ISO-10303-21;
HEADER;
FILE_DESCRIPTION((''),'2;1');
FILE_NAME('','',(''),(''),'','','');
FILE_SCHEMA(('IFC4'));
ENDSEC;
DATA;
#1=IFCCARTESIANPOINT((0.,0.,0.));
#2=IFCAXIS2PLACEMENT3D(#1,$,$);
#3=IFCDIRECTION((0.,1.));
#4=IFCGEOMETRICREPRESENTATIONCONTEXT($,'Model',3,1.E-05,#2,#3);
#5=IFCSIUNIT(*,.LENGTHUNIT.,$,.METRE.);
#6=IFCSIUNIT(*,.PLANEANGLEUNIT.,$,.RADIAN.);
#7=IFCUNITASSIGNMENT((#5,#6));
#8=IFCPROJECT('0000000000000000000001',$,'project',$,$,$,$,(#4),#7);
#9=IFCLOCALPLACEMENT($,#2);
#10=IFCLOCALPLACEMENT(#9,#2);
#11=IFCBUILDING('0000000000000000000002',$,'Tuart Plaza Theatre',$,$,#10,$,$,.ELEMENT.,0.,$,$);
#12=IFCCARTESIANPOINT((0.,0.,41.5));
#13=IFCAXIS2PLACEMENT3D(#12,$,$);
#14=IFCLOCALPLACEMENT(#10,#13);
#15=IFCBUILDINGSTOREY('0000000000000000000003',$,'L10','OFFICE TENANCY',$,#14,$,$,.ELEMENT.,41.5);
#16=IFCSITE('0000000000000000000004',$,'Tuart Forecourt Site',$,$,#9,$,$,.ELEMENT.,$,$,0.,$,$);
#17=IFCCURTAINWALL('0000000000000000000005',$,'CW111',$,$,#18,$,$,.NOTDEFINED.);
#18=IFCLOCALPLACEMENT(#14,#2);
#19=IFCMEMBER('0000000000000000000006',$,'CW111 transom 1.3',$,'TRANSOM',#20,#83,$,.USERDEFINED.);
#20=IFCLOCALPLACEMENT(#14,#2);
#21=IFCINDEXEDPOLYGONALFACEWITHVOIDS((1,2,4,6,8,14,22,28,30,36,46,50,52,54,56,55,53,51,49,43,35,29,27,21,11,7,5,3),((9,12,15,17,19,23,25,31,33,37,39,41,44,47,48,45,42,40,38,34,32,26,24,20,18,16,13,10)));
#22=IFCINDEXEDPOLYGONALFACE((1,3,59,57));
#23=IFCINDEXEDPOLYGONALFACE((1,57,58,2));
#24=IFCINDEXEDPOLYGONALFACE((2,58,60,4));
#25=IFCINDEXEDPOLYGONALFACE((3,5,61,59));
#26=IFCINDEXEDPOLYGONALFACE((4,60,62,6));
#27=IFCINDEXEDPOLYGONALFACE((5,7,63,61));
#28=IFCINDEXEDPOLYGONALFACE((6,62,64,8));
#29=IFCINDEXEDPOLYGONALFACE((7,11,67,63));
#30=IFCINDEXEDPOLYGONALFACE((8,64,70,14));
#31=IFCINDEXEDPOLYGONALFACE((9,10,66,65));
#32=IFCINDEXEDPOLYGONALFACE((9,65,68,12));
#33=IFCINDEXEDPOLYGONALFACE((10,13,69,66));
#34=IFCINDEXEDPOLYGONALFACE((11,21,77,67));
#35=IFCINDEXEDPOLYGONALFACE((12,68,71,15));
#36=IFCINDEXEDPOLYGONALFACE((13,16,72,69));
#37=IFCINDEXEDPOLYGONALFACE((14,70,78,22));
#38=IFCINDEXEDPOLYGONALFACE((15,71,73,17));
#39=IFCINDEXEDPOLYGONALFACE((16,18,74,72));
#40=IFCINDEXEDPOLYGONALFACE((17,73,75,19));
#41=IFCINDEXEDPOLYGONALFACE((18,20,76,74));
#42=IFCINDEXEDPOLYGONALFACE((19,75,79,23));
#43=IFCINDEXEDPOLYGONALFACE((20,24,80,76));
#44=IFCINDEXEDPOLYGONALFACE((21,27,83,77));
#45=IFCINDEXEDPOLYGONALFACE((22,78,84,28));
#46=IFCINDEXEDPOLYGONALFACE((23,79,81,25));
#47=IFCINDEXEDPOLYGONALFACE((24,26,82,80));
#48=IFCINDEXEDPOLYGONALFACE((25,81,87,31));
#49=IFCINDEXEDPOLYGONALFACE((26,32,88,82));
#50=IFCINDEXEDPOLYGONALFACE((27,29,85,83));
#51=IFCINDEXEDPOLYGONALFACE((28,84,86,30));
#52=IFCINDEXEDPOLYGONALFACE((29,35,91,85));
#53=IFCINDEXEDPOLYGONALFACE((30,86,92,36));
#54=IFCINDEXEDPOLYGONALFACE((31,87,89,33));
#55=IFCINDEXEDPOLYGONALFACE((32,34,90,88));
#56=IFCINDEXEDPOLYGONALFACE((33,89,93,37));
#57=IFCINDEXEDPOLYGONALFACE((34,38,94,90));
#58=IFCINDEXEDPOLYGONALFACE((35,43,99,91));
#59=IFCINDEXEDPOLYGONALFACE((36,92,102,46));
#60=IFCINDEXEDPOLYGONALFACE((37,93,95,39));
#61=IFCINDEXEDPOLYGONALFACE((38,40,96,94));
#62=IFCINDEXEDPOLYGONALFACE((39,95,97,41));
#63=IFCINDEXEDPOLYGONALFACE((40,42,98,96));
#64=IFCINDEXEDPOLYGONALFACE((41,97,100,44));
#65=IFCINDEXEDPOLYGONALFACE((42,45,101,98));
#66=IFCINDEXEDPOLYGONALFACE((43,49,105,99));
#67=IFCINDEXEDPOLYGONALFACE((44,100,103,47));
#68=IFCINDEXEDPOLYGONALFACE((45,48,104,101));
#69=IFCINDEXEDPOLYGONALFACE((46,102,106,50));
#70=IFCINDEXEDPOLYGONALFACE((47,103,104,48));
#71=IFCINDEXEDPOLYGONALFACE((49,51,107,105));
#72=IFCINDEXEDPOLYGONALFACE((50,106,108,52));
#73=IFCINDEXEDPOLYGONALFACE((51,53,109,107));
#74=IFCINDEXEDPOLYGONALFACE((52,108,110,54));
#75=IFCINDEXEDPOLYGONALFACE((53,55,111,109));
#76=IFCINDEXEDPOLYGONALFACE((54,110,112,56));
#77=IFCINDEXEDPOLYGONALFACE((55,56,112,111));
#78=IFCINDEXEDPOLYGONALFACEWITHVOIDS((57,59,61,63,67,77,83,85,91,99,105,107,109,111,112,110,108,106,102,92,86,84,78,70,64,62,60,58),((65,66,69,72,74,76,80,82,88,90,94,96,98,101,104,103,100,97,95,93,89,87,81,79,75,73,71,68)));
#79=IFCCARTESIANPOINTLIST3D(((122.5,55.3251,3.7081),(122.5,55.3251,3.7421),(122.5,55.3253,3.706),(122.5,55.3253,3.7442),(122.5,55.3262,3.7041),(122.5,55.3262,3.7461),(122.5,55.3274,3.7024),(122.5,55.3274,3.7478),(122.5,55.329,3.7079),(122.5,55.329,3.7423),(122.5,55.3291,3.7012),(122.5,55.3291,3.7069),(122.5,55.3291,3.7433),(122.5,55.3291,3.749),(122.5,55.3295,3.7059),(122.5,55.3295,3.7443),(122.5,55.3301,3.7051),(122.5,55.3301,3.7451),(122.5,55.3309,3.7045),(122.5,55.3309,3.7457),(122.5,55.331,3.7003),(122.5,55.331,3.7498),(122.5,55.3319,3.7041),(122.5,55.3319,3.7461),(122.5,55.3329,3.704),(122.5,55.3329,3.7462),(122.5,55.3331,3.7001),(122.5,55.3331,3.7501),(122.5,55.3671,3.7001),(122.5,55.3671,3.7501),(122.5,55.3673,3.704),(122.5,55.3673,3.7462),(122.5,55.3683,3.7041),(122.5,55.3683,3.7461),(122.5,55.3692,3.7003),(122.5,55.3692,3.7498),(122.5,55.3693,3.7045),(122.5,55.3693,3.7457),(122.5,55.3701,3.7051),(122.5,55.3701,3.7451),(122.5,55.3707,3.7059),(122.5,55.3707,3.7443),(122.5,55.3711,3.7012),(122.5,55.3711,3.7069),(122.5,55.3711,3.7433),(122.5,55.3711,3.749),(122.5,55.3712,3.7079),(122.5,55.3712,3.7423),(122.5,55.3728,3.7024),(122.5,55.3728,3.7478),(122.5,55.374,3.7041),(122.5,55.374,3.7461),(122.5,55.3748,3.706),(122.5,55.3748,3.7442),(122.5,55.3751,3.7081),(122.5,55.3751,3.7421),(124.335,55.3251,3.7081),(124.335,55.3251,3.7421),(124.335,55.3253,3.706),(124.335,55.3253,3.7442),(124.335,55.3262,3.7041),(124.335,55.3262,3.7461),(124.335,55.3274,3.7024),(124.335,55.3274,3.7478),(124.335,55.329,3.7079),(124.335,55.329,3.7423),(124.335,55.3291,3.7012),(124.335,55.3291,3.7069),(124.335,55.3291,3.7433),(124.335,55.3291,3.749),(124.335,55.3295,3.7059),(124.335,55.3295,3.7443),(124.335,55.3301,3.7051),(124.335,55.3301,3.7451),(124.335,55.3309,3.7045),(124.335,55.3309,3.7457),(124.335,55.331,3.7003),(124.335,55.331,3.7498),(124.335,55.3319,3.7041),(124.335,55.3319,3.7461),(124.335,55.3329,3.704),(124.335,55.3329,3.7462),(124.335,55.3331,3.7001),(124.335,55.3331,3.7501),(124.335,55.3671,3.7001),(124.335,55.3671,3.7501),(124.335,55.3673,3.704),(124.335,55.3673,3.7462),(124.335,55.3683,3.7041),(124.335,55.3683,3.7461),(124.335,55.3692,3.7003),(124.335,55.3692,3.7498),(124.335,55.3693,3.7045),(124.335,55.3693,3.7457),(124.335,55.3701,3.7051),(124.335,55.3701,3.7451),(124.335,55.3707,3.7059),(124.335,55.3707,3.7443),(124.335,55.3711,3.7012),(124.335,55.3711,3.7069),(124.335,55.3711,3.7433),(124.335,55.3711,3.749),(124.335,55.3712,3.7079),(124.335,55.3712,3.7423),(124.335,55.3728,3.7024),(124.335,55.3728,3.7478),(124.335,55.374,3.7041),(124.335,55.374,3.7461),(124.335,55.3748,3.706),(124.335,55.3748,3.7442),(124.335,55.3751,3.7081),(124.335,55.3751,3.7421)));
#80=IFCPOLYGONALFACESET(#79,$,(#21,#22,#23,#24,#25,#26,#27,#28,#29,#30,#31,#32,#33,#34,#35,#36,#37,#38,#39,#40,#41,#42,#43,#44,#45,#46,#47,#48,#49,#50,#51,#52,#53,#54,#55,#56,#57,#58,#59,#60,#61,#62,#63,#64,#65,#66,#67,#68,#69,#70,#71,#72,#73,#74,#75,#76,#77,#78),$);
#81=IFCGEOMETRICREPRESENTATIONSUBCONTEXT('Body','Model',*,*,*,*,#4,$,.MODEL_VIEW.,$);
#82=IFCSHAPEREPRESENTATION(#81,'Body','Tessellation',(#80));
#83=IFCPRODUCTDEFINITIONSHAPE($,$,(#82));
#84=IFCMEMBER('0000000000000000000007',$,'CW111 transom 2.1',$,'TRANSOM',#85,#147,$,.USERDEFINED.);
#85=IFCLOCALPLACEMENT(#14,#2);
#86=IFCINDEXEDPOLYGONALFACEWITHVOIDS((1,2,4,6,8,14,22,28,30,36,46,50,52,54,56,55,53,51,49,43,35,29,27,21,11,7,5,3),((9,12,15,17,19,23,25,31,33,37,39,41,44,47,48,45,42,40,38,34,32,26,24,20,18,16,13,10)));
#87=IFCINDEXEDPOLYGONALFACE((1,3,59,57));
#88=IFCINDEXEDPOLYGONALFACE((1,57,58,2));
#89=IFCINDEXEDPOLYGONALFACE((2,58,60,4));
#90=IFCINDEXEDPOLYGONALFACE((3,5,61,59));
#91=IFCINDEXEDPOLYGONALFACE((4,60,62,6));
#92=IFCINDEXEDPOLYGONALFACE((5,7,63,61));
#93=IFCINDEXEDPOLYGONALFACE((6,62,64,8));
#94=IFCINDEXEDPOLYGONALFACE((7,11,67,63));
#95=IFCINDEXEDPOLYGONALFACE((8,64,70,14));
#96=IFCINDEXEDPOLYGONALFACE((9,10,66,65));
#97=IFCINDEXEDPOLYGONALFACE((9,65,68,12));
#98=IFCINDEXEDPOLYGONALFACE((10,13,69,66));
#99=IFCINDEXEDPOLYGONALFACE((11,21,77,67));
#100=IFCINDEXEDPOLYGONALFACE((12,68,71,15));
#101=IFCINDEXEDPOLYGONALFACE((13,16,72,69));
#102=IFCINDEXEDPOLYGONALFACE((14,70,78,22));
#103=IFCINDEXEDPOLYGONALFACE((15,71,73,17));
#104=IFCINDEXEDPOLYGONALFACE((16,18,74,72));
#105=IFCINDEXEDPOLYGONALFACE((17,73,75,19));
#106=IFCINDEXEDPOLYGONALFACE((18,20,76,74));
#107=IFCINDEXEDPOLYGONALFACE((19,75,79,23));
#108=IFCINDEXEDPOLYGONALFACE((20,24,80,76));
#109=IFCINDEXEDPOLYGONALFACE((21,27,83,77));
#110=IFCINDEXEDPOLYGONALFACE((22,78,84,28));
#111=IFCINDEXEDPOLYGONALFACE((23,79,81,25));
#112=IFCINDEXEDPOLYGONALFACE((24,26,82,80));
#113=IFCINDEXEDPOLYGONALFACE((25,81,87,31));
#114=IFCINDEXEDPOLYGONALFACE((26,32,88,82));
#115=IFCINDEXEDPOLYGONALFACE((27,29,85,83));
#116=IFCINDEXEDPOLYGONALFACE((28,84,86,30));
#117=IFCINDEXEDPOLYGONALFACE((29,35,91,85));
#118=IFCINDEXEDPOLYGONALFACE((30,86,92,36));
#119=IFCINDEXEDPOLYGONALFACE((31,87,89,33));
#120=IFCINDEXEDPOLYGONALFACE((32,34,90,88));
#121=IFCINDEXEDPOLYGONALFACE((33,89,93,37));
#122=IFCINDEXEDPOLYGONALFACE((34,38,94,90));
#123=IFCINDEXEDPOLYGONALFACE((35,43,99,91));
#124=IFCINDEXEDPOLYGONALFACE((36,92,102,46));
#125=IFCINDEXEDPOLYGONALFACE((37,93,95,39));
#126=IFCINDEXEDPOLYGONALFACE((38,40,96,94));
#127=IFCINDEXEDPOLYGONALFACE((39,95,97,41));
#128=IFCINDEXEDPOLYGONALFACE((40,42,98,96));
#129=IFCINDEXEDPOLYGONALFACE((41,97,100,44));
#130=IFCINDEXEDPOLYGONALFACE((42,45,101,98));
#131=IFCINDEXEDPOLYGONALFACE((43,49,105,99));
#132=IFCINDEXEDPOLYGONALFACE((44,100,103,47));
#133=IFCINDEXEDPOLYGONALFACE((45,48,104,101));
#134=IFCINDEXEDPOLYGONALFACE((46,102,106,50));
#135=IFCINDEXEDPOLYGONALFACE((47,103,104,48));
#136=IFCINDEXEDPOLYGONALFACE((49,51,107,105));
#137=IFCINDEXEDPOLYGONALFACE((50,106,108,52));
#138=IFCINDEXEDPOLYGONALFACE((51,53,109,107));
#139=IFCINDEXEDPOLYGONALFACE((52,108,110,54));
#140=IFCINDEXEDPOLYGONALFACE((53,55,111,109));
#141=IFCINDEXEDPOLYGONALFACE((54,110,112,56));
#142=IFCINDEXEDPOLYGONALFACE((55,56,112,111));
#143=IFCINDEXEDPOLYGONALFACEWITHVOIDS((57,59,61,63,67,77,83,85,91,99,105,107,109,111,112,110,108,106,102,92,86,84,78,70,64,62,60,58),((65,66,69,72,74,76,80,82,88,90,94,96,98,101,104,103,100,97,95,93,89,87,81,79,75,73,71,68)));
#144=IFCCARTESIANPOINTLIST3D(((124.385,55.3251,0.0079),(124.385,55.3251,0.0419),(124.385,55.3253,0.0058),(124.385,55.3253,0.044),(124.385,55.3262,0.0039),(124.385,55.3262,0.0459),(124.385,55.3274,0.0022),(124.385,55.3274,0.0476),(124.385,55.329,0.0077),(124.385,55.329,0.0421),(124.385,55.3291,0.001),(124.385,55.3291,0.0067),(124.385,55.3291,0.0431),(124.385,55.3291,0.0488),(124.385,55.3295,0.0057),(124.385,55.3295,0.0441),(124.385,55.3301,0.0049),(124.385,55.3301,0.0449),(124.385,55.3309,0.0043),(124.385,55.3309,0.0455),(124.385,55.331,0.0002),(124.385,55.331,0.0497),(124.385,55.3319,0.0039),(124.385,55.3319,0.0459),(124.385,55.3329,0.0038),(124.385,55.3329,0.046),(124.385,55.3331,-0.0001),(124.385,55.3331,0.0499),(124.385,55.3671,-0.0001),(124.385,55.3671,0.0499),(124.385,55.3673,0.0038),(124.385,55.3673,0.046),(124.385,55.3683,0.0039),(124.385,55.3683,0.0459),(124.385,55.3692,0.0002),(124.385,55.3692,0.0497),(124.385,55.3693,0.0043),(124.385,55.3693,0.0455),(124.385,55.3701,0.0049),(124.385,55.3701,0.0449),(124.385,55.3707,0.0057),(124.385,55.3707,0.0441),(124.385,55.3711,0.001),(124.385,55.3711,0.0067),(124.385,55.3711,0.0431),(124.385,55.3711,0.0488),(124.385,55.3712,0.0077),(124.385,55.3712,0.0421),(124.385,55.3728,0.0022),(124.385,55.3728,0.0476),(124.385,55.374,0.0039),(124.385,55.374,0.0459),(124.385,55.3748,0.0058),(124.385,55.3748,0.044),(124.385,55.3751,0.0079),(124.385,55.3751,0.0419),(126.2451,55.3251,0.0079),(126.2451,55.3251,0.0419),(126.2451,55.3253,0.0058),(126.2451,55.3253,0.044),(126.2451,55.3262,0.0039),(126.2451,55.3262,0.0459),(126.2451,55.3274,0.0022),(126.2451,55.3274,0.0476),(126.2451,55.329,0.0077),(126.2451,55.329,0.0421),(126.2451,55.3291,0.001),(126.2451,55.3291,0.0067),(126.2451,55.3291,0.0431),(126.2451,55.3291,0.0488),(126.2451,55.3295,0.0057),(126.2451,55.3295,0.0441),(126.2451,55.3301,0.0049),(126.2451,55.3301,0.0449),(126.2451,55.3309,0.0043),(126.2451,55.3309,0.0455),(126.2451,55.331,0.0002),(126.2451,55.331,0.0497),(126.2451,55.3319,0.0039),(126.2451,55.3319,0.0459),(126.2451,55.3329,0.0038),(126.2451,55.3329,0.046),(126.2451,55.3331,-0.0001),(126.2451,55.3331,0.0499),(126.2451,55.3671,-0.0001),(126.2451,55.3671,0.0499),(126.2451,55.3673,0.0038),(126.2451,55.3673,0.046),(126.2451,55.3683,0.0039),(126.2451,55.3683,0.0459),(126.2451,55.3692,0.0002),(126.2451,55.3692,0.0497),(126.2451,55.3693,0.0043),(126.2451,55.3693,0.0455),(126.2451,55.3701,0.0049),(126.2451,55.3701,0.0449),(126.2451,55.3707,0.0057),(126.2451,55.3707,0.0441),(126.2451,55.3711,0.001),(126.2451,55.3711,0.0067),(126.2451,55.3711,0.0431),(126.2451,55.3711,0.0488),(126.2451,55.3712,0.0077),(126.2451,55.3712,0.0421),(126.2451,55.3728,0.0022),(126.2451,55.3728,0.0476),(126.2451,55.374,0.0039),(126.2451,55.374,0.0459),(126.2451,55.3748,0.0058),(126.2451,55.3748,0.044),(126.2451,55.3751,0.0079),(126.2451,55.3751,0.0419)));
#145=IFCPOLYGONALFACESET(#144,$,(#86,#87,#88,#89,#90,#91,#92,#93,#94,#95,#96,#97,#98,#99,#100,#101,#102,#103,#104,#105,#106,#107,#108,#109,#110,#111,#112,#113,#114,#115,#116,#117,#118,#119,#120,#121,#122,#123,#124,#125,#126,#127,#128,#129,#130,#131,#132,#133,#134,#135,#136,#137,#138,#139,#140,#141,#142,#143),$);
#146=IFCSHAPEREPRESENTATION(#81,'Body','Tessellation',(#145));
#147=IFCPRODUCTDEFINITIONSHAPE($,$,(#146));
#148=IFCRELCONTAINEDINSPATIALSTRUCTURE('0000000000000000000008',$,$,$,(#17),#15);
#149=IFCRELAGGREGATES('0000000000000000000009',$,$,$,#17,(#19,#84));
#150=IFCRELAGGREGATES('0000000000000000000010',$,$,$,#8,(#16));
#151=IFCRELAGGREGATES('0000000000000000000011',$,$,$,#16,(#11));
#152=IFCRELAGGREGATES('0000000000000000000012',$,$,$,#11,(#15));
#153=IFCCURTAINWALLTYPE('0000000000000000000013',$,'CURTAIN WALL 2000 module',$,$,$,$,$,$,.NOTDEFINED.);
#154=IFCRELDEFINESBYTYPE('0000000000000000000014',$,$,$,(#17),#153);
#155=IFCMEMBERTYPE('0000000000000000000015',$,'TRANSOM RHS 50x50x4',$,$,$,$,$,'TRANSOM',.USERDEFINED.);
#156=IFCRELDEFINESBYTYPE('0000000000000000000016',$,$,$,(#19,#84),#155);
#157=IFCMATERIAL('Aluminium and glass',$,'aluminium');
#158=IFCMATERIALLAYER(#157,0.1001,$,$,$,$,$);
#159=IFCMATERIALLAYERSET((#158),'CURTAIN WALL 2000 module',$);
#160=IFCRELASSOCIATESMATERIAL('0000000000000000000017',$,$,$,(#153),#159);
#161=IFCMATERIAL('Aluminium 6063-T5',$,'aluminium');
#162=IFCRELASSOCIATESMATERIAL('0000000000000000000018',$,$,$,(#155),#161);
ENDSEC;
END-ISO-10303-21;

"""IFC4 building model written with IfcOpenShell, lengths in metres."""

from ifc_helpers import new_model, si_unit, direction, frame, origin, origin_2d, place, context, subcontext, project, spatial, hollow_rectangle, extrude, material, layer, layer_set, material_profile, profile_set, type_object, element, aggregate, save


model = new_model("IFC4")

# Units and contexts
model_context = context("Model", 3, precision=1e-05, world=origin(), true_north=direction((0.0, 1.0)))
body_context = subcontext(model_context, "Body", "Model", "MODEL_VIEW")
ifc_project = project(units=[si_unit("LENGTHUNIT", "METRE"), si_unit("PLANEANGLEUNIT", "RADIAN")], contexts=[model_context])

# Site, building, storey
site_placement = place(None, origin())
site = spatial("IfcSite", under=ifc_project, at=site_placement, Name="Tuart Forecourt Site", CompositionType="ELEMENT", RefElevation=0.0)
building_placement = place(site_placement, origin())
building = spatial("IfcBuilding", under=site, at=building_placement, Name="Tuart Plaza Theatre", CompositionType="ELEMENT", ElevationOfRefHeight=0.0)
storey_placement = place(building_placement, frame((0.0, 0.0, 41.5)))
storey = spatial("IfcBuildingStorey", under=building, at=storey_placement, Name="L10", Description="OFFICE TENANCY", CompositionType="ELEMENT", Elevation=41.5)

# Shared definitions
ifc_material_1 = material(Name="Aluminium and glass", Category="aluminium")
ifc_layer_1 = layer(ifc_material_1, 0.1001)
ifc_layer_set_1 = layer_set([ifc_layer_1], Name="CURTAIN WALL 2000 module")
curtain_wall_type = type_object("IfcCurtainWallType", Name="CURTAIN WALL 2000 module", PredefinedType="NOTDEFINED", material=ifc_layer_set_1)

# Curtain wall
curtain_wall_1_placement = place(storey_placement, origin())
curtain_wall_1 = element("IfcCurtainWall", 1, at=curtain_wall_1_placement, inside=storey, type_object=curtain_wall_type, Name="CW111", PredefinedType="NOTDEFINED")

# Members
ifc_material_2 = material(Name="Aluminium 6063-T5", Category="aluminium")
ifc_material_profile_1 = material_profile(ifc_material_2, hollow_rectangle(XDim=0.05, YDim=0.05, WallThickness=0.0039, InnerFilletRadius=0.0039, OuterFilletRadius=0.0081, at=origin_2d()), Name="RHS 50x50x4")
ifc_profile_set_1 = profile_set([ifc_material_profile_1], Name="Aluminium 6063-T5")
member_type_1 = type_object("IfcMemberType", Name="TRANSOM RHS 50x50x4", ElementType="TRANSOM", PredefinedType="USERDEFINED", material=ifc_profile_set_1)
member_1_placement = place(storey_placement, frame((122.5, 55.3501, 3.7251), z_axis=(1.0, 0.0, 0.0), x_axis=(0.0, 1.0, 0.0)))
member_1 = element("IfcMember", 2, at=member_1_placement, type_object=member_type_1, Name="CW111 transom 1.3", ObjectType="TRANSOM", PredefinedType="USERDEFINED", context=body_context, shape_type="SweptSolid", body=[
    extrude(hollow_rectangle(XDim=0.05, YDim=0.05, WallThickness=0.0039, InnerFilletRadius=0.0039, OuterFilletRadius=0.0081, at=origin_2d()), origin(), (0.0, 0.0, 1.0), 1.835),
])
member_2_placement = place(storey_placement, frame((124.385, 55.3501, 0.0249), z_axis=(1.0, 0.0, 0.0), x_axis=(0.0, 1.0, 0.0)))
member_2 = element("IfcMember", 3, at=member_2_placement, type_object=member_type_1, Name="CW111 transom 2.1", ObjectType="TRANSOM", PredefinedType="USERDEFINED", context=body_context, shape_type="SweptSolid", body=[
    extrude(hollow_rectangle(XDim=0.05, YDim=0.05, WallThickness=0.0039, InnerFilletRadius=0.0039, OuterFilletRadius=0.0081, at=origin_2d()), origin(), (0.0, 0.0, 1.0), 1.8601),
])

aggregate(curtain_wall_1, [member_1, member_2])

save(model, "model.ifc")
